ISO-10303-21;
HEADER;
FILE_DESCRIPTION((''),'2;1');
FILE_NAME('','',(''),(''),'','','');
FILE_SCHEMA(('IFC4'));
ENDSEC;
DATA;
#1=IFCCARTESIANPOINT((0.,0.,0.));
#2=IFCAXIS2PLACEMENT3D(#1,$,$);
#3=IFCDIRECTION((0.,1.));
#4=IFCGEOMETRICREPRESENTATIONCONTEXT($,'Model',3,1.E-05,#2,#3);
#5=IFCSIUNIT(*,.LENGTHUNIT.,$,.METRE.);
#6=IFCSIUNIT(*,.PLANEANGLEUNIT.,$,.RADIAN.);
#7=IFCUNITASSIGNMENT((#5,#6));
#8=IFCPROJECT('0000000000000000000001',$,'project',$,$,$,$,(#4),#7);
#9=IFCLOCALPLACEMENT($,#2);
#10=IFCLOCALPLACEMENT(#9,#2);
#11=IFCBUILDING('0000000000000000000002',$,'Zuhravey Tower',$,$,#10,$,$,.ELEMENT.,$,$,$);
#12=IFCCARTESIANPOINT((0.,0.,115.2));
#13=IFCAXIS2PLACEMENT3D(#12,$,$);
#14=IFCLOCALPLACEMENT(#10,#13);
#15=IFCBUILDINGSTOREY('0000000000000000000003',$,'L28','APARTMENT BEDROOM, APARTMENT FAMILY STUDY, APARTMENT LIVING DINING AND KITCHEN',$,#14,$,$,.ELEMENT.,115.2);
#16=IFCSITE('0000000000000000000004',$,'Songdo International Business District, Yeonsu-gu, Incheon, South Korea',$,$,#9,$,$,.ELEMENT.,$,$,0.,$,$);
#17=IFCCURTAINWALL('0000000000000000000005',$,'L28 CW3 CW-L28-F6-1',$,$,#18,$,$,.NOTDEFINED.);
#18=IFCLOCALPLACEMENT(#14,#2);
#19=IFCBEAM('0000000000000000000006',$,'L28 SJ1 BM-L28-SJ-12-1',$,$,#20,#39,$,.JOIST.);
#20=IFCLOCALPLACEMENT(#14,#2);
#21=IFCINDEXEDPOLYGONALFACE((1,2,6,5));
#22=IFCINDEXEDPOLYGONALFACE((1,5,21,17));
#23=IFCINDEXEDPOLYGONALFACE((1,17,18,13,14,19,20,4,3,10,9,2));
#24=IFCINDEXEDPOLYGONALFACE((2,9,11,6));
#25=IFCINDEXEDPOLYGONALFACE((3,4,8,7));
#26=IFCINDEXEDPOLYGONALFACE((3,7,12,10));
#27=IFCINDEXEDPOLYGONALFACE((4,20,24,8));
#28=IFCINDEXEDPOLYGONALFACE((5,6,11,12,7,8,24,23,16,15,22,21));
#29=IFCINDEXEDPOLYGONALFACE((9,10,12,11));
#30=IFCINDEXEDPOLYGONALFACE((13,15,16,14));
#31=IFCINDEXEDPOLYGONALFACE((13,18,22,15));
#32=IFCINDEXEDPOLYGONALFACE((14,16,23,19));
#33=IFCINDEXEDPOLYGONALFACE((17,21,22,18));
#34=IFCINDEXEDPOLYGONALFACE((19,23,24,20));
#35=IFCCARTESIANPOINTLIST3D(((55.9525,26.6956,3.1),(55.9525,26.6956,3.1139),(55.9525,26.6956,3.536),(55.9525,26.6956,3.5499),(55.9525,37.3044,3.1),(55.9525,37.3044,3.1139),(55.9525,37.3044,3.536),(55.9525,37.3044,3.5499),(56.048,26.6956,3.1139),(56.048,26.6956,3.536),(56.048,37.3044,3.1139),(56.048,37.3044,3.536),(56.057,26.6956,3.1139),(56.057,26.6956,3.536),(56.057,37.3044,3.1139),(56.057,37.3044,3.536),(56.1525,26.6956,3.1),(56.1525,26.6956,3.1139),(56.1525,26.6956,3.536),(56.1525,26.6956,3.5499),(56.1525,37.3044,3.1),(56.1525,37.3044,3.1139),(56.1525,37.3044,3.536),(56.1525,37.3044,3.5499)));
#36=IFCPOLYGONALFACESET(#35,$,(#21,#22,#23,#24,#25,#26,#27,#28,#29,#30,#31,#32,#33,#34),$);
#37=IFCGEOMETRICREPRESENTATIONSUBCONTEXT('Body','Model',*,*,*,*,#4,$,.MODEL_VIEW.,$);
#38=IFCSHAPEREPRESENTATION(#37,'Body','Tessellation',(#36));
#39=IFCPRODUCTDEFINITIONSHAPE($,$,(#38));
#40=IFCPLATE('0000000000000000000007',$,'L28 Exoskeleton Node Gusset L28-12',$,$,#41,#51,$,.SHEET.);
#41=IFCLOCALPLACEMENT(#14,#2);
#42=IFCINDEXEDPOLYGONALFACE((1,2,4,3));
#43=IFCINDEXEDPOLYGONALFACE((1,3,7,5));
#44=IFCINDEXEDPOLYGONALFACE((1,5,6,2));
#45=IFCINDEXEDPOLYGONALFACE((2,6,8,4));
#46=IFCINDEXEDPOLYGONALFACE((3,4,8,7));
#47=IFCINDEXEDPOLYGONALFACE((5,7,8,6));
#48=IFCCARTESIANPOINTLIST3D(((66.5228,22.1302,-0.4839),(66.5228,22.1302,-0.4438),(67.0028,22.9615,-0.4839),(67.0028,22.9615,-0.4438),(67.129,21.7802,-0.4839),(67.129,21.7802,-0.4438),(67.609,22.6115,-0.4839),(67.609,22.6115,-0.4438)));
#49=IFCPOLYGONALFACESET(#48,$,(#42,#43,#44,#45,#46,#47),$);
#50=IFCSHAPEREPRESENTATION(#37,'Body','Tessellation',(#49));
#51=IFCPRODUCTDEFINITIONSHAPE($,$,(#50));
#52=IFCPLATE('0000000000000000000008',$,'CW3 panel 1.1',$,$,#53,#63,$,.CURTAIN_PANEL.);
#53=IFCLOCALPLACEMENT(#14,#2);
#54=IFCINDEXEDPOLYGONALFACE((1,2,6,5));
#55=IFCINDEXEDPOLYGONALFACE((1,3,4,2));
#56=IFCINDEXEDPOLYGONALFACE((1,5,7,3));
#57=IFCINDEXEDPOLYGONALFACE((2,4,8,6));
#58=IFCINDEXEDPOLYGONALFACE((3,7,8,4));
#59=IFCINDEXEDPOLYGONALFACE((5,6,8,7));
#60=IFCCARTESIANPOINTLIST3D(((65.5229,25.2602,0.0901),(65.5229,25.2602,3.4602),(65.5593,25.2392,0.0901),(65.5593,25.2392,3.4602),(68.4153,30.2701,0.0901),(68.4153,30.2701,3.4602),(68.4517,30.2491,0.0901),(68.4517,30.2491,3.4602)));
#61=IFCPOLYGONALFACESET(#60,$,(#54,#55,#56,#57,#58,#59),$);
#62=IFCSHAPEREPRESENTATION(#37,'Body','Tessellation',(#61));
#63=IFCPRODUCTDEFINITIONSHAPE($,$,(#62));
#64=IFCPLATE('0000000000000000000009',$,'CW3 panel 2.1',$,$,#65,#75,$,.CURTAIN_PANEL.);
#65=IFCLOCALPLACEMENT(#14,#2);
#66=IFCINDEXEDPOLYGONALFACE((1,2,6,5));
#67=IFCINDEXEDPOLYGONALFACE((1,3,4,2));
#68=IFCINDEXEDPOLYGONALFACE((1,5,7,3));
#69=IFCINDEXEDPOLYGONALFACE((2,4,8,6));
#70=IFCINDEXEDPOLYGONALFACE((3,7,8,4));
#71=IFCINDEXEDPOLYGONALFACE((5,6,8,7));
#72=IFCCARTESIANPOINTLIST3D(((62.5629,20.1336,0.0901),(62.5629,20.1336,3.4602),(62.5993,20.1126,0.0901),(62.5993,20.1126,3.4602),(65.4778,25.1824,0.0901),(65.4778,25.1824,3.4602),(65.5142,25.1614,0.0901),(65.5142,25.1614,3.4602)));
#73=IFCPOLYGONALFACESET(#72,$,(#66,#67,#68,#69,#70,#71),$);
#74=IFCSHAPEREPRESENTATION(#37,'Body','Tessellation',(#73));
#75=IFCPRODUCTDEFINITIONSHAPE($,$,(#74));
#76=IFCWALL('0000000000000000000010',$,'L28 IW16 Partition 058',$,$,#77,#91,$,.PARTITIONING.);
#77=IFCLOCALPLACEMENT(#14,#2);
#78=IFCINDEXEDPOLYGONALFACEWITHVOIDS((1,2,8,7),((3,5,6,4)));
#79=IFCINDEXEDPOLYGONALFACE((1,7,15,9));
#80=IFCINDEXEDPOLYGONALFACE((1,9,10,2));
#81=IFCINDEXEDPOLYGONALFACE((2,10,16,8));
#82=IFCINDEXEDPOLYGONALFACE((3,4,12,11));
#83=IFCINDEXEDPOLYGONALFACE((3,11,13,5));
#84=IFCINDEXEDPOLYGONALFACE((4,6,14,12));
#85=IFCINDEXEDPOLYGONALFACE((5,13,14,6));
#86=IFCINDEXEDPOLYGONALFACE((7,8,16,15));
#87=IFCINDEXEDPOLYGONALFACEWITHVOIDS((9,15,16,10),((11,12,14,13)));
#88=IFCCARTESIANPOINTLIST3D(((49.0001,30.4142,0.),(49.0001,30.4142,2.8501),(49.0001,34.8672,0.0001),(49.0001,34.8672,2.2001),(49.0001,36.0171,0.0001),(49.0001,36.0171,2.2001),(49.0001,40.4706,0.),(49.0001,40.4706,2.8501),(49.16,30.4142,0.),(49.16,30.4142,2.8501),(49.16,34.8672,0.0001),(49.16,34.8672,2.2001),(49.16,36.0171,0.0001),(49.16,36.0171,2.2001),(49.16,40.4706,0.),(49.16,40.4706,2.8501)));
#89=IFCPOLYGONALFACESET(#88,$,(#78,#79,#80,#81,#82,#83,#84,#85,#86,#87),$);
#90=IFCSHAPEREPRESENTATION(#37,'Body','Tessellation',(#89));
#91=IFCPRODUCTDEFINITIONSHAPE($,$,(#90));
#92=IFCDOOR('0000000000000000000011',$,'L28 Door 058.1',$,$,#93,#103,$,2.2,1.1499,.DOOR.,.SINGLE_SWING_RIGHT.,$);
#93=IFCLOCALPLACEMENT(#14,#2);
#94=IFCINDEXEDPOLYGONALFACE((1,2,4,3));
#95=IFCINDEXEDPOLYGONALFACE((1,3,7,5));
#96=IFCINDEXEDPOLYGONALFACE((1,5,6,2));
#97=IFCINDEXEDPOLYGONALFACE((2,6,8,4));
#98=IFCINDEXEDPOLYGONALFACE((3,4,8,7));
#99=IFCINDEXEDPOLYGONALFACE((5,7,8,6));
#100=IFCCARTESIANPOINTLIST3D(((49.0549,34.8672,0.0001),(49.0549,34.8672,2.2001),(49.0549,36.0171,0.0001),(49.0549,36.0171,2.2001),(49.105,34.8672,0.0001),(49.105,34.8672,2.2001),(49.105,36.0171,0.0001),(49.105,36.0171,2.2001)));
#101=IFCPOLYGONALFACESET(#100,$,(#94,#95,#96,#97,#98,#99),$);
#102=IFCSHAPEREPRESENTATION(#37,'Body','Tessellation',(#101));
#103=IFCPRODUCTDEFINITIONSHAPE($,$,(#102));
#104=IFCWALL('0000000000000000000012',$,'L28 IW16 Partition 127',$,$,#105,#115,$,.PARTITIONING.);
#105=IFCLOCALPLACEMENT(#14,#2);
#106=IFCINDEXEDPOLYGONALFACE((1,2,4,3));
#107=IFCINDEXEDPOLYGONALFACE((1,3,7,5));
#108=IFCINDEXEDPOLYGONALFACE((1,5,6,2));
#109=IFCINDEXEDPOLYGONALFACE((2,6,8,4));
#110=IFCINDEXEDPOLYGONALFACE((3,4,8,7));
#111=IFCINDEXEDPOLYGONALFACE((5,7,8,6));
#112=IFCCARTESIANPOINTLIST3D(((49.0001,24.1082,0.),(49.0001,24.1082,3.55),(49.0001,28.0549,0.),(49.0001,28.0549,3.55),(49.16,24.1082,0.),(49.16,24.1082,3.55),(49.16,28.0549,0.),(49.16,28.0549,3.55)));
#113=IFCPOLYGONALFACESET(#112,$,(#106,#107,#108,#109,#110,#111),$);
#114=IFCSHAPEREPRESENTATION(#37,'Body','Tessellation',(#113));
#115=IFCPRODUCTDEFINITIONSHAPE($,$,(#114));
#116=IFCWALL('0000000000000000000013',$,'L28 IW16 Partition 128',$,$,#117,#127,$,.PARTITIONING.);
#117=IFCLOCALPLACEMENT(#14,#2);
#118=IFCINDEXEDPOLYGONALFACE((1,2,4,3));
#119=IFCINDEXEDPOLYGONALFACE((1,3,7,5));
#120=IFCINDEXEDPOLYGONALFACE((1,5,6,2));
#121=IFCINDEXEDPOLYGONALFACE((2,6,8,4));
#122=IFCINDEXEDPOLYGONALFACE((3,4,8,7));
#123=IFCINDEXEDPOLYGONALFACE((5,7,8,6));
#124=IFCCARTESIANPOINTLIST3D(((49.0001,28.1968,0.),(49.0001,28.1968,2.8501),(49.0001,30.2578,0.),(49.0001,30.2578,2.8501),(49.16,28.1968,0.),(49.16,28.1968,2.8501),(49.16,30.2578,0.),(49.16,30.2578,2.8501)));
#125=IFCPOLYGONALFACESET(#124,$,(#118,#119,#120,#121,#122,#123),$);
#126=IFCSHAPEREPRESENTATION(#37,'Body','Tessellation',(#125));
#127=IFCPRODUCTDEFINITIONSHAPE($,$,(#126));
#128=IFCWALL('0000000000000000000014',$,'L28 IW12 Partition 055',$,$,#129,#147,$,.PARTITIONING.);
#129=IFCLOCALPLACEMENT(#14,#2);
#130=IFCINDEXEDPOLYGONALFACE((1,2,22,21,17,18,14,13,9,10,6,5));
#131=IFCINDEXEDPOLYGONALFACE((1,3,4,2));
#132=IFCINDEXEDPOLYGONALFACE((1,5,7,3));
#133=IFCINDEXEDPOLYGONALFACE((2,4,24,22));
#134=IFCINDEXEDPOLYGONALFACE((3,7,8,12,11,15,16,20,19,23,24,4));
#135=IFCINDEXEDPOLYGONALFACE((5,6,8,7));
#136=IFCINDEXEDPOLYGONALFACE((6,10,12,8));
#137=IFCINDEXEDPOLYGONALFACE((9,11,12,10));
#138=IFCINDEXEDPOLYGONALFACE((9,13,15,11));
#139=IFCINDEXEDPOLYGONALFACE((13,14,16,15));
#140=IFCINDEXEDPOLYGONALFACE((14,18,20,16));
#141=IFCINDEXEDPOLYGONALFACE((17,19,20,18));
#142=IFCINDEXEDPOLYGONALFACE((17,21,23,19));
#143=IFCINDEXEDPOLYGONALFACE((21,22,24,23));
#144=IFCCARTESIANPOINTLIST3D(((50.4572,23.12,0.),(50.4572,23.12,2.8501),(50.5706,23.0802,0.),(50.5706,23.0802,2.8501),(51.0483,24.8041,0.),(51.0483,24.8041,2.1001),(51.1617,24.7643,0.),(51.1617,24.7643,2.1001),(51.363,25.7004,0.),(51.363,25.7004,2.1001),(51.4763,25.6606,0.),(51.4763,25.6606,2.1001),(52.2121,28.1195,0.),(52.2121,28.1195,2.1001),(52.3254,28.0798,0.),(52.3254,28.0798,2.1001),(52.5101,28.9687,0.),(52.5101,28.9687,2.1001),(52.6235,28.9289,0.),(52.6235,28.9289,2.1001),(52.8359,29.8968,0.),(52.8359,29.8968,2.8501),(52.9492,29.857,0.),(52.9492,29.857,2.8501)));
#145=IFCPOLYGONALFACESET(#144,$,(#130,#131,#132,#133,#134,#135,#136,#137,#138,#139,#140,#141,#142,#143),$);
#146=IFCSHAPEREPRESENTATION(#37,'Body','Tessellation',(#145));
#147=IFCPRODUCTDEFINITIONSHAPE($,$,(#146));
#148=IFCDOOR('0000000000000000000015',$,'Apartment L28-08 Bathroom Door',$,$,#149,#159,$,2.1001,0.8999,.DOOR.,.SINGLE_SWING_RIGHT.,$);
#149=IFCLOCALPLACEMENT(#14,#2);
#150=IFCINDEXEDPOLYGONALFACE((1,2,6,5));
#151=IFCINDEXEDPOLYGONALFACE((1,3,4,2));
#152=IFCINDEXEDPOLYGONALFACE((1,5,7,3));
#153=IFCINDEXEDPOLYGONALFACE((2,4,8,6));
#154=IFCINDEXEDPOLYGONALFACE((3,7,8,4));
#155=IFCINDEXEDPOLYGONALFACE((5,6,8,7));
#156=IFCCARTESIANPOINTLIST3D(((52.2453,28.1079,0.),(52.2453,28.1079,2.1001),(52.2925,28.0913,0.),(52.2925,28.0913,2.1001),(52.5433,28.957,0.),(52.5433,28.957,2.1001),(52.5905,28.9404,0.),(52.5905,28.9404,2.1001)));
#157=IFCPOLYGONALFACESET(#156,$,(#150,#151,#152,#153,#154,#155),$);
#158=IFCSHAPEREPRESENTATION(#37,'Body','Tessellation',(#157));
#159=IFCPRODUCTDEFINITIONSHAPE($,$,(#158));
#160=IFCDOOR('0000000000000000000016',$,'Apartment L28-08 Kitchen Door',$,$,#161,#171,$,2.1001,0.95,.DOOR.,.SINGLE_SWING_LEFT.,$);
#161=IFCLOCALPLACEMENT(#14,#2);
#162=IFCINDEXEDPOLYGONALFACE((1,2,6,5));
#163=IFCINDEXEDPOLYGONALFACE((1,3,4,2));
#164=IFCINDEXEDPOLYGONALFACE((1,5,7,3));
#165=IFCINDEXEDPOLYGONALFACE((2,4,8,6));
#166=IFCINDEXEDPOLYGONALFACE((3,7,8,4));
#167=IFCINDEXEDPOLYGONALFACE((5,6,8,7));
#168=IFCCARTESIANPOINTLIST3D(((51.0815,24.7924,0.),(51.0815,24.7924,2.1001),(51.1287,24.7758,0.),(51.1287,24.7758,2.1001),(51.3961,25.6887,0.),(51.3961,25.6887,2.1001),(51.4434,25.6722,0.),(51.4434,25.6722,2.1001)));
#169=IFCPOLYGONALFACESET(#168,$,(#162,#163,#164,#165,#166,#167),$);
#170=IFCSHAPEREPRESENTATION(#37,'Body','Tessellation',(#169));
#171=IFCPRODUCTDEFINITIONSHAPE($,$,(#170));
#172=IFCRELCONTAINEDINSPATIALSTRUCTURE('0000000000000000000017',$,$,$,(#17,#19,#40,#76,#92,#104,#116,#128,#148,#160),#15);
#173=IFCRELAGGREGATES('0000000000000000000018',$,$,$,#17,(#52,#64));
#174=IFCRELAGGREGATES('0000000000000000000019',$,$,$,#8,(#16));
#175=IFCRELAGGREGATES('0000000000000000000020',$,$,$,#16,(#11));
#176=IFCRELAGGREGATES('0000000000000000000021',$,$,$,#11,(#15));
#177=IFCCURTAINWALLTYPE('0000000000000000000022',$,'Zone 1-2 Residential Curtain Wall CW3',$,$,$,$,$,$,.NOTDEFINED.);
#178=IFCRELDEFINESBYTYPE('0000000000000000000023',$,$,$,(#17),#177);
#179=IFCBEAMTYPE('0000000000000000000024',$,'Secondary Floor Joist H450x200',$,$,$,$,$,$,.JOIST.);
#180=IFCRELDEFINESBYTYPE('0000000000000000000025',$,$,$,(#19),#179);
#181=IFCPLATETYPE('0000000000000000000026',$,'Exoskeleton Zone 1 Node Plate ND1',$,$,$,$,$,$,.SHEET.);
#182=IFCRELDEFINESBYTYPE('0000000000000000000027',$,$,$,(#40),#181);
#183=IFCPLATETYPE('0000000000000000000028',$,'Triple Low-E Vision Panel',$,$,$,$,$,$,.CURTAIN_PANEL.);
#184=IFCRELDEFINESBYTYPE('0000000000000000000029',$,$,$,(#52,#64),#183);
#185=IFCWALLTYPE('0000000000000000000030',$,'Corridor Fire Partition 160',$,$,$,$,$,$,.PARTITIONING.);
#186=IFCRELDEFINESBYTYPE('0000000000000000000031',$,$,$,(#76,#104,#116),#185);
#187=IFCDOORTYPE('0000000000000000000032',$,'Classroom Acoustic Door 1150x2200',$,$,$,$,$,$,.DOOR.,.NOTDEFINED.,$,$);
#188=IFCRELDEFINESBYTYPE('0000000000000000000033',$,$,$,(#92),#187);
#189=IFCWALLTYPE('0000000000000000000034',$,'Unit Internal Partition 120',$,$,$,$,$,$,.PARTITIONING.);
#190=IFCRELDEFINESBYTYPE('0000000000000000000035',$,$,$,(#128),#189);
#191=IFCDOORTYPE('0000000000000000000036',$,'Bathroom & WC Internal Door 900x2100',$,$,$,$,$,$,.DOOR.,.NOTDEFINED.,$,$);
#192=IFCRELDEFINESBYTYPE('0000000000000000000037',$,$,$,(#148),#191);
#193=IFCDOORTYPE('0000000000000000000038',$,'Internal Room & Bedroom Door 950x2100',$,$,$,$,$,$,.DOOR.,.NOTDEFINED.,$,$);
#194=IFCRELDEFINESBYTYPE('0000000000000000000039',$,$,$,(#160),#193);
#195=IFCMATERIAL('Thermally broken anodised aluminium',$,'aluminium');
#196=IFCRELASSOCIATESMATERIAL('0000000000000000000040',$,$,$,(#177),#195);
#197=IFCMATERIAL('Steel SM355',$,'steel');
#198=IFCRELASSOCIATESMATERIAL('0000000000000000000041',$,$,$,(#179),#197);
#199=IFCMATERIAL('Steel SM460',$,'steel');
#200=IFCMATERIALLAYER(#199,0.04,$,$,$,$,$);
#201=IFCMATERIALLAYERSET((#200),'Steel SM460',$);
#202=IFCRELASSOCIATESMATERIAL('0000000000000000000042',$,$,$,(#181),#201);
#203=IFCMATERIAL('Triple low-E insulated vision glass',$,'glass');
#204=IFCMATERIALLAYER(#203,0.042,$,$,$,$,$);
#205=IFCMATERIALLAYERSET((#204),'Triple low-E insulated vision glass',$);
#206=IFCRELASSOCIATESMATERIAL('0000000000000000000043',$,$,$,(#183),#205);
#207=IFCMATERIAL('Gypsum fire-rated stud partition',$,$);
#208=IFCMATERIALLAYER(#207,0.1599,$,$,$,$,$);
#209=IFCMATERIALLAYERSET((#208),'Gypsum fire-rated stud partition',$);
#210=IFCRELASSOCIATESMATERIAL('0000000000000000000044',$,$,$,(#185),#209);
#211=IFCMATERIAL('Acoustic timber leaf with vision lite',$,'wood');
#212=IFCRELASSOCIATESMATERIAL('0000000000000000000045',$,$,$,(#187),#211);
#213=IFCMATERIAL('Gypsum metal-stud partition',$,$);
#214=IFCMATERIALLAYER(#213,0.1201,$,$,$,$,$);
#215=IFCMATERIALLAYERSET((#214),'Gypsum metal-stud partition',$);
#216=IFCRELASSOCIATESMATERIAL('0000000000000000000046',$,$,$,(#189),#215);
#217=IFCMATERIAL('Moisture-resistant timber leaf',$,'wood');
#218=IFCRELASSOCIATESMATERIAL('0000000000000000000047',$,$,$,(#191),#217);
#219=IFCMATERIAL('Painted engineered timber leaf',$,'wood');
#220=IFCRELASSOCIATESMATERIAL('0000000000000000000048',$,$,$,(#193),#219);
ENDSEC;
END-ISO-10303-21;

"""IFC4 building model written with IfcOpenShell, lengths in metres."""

from ifc_helpers import new_model, si_unit, direction, frame, frame_2d, origin, origin_2d, place, context, subcontext, project, spatial, rectangle, i_section, extrude, material, layer, layer_set, material_profile, profile_set, type_object, element, fill, aggregate, save


model = new_model("IFC4")

# Units and contexts
model_context = context("Model", 3, precision=1e-05, world=origin(), true_north=direction((0.0, 1.0)))
body_context = subcontext(model_context, "Body", "Model", "MODEL_VIEW")
ifc_project = project(units=[si_unit("LENGTHUNIT", "METRE"), si_unit("PLANEANGLEUNIT", "RADIAN")], contexts=[model_context])

# Site, building, storey
site_placement = place(None, origin())
site = spatial("IfcSite", under=ifc_project, at=site_placement, Name="Songdo International Business District, Yeonsu-gu, Incheon, South Korea", CompositionType="ELEMENT", RefElevation=0.0)
building_placement = place(site_placement, origin())
building = spatial("IfcBuilding", under=site, at=building_placement, Name="Zuhravey Tower", CompositionType="ELEMENT")
storey_placement = place(building_placement, frame((0.0, 0.0, 115.2)))
storey = spatial("IfcBuildingStorey", under=building, at=storey_placement, Name="L28", Description="APARTMENT BEDROOM, APARTMENT FAMILY STUDY, APARTMENT LIVING DINING AND KITCHEN", CompositionType="ELEMENT", Elevation=115.2)

# Curtain wall
ifc_material_1 = material(Name="Thermally broken anodised aluminium", Category="aluminium")
curtain_wall_type = type_object("IfcCurtainWallType", Name="Zone 1-2 Residential Curtain Wall CW3", PredefinedType="NOTDEFINED", material=ifc_material_1)
curtain_wall_placement = place(storey_placement, origin())
curtain_wall = element("IfcCurtainWall", 1, at=curtain_wall_placement, inside=storey, type_object=curtain_wall_type, Name="L28 CW3 CW-L28-F6-1", PredefinedType="NOTDEFINED")

# Shared definitions
ifc_material_2 = material(Name="Steel SM460", Category="steel")

# Beam
ifc_material_3 = material(Name="Steel SM355", Category="steel")
ifc_material_profile_1 = material_profile(ifc_material_3, i_section(OverallWidth=0.2, OverallDepth=0.45, WebThickness=0.009, FlangeThickness=0.0139, at=origin_2d()), Name="H-450x200x9x14")
ifc_profile_set_1 = profile_set([ifc_material_profile_1], Name="Steel SM355")
beam_type_1 = type_object("IfcBeamType", Name="Secondary Floor Joist H450x200", PredefinedType="JOIST", material=ifc_profile_set_1)
beam_1_placement = place(storey_placement, frame((56.0525, 26.6956, 3.325), z_axis=(0.0, 1.0, 0.0), x_axis=(-1.0, 0.0, 0.0)))
element("IfcBeam", 2, at=beam_1_placement, inside=storey, type_object=beam_type_1, Name="L28 SJ1 BM-L28-SJ-12-1", PredefinedType="JOIST", context=body_context, shape_type="SweptSolid", body=[
    extrude(i_section(OverallWidth=0.2, OverallDepth=0.45, WebThickness=0.009, FlangeThickness=0.0139, at=origin_2d()), origin(), (0.0, 0.0, 1.0), 10.6089),
])

# Plates
ifc_layer_1 = layer(ifc_material_2, 0.04)
ifc_layer_set_1 = layer_set([ifc_layer_1], Name="Steel SM460")
plate_type_1 = type_object("IfcPlateType", Name="Exoskeleton Zone 1 Node Plate ND1", PredefinedType="SHEET", material=ifc_layer_set_1)
plate_1_placement = place(storey_placement, frame((67.0659, 22.3708, -0.4839), z_axis=(0.0, 0.0, 1.0), x_axis=(0.5, 0.866025, 0.0)))
element("IfcPlate", 3, at=plate_1_placement, inside=storey, type_object=plate_type_1, Name="L28 Exoskeleton Node Gusset L28-12", PredefinedType="SHEET", context=body_context, shape_type="SweptSolid", body=[
    extrude(rectangle(XDim=0.96, YDim=0.7, at=origin_2d()), origin(), (0.0, 0.0, 1.0), 0.04),
])
ifc_material_4 = material(Name="Triple low-E insulated vision glass", Category="glass")
ifc_layer_2 = layer(ifc_material_4, 0.042)
ifc_layer_set_2 = layer_set([ifc_layer_2], Name="Triple low-E insulated vision glass")
plate_type_2 = type_object("IfcPlateType", Name="Triple Low-E Vision Panel", PredefinedType="CURTAIN_PANEL", material=ifc_layer_set_2)
plate_2_placement = place(storey_placement, frame((66.9873, 27.7546, 0.0901), z_axis=(0.0, 0.0, 1.0), x_axis=(-0.5, -0.866026, 0.0)))
plate_2 = element("IfcPlate", 4, at=plate_2_placement, type_object=plate_type_2, Name="CW3 panel 1.1", PredefinedType="CURTAIN_PANEL", context=body_context, shape_type="SweptSolid", body=[
    extrude(rectangle(XDim=5.7849, YDim=0.042, at=origin_2d()), origin(), (0.0, 0.0, 1.0), 3.3701),
])
plate_3_placement = place(storey_placement, frame((64.0386, 22.6475, 0.0901), z_axis=(0.0, 0.0, 1.0), x_axis=(-0.5, -0.866026, 0.0)))
plate_3 = element("IfcPlate", 5, at=plate_3_placement, type_object=plate_type_2, Name="CW3 panel 2.1", PredefinedType="CURTAIN_PANEL", context=body_context, shape_type="SweptSolid", body=[
    extrude(rectangle(XDim=5.8298, YDim=0.042, at=origin_2d()), origin(), (0.0, 0.0, 1.0), 3.3701),
])
aggregate(curtain_wall, [plate_2, plate_3])

# Wall, opening, door
ifc_material_5 = material(Name="Gypsum fire-rated stud partition")
ifc_layer_3 = layer(ifc_material_5, 0.1599)
ifc_layer_set_3 = layer_set([ifc_layer_3], Name="Gypsum fire-rated stud partition")
wall_type_1 = type_object("IfcWallType", Name="Corridor Fire Partition 160", PredefinedType="PARTITIONING", material=ifc_layer_set_3)
wall_1_placement = place(storey_placement, frame((49.0801, 30.4141, 0.0), z_axis=(0.0, 0.0, 1.0), x_axis=(0.0, 1.0, 0.0)))
wall_1 = element("IfcWall", 6, at=wall_1_placement, inside=storey, type_object=wall_type_1, Name="L28 IW16 Partition 058", PredefinedType="PARTITIONING", context=body_context, shape_type="SweptSolid", body=[
    extrude(rectangle(XDim=10.0564, YDim=0.1599, at=frame_2d((5.0283, 0.0))), origin(), (0.0, 0.0, 1.0), 2.8501),
])
opening_1_placement = place(wall_1_placement, frame((4.4531, 0.0, 0.0)))
opening_1 = element("IfcOpeningElement", 7, at=opening_1_placement, cuts=wall_1, PredefinedType="OPENING", context=body_context, shape_type="SweptSolid", body=[
    extrude(rectangle(XDim=1.1499, YDim=2.2, at=frame_2d((0.575, 1.1001))), frame((0.0, 0.092, 0.0), z_axis=(0.0, -1.0, 0.0), x_axis=(1.0, 0.0, 0.0)), (0.0, 0.0, 1.0), 0.1838),
])
ifc_material_6 = material(Name="Acoustic timber leaf with vision lite", Category="wood")
door_type_1 = type_object("IfcDoorType", Name="Classroom Acoustic Door 1150x2200", OperationType="NOTDEFINED", PredefinedType="DOOR", material=ifc_material_6)
door_1_placement = place(opening_1_placement, frame((1.1499, 0.0, 0.0), z_axis=(0.0, 0.0, 1.0), x_axis=(-1.0, 0.0, 0.0)))
door_1 = element("IfcDoor", 8, at=door_1_placement, inside=storey, type_object=door_type_1, Name="L28 Door 058.1", OperationType="SINGLE_SWING_RIGHT", OverallHeight=2.2, OverallWidth=1.1499, PredefinedType="DOOR", context=body_context, shape_type="SweptSolid", body=[
    extrude(rectangle(XDim=1.1499, YDim=2.2, at=frame_2d((0.575, 1.1001))), frame((0.0, 0.0249, 0.0), z_axis=(0.0, -1.0, 0.0), x_axis=(1.0, 0.0, 0.0)), (0.0, 0.0, 1.0), 0.05),
])
fill(opening_1, door_1)

# Walls
wall_2_placement = place(storey_placement, frame((49.0801, 24.1082, 0.0), z_axis=(0.0, 0.0, 1.0), x_axis=(0.0, 1.0, 0.0)))
element("IfcWall", 9, at=wall_2_placement, inside=storey, type_object=wall_type_1, Name="L28 IW16 Partition 127", PredefinedType="PARTITIONING", context=body_context, shape_type="SweptSolid", body=[
    extrude(rectangle(XDim=3.9468, YDim=0.1599, at=frame_2d((1.9734, 0.0))), origin(), (0.0, 0.0, 1.0), 3.55),
])
wall_3_placement = place(storey_placement, frame((49.0801, 28.1968, 0.0), z_axis=(0.0, 0.0, 1.0), x_axis=(0.0, 1.0, 0.0)))
element("IfcWall", 10, at=wall_3_placement, inside=storey, type_object=wall_type_1, Name="L28 IW16 Partition 128", PredefinedType="PARTITIONING", context=body_context, shape_type="SweptSolid", body=[
    extrude(rectangle(XDim=2.061, YDim=0.1599, at=frame_2d((1.0305, 0.0))), origin(), (0.0, 0.0, 1.0), 2.8501),
])

# Wall, openings, doors
ifc_material_7 = material(Name="Gypsum metal-stud partition")
ifc_layer_4 = layer(ifc_material_7, 0.1201)
ifc_layer_set_4 = layer_set([ifc_layer_4], Name="Gypsum metal-stud partition")
wall_type_2 = type_object("IfcWallType", Name="Unit Internal Partition 120", PredefinedType="PARTITIONING", material=ifc_layer_set_4)
wall_4_placement = place(storey_placement, frame((50.5139, 23.1001, 0.0), z_axis=(0.0, 0.0, 1.0), x_axis=(0.331189, 0.943564, 0.0)))
wall_4 = element("IfcWall", 11, at=wall_4_placement, inside=storey, type_object=wall_type_2, Name="L28 IW12 Partition 055", PredefinedType="PARTITIONING", context=body_context, shape_type="SweptSolid", body=[
    extrude(rectangle(XDim=7.1821, YDim=0.1201, at=frame_2d((3.5911, 0.0))), origin(), (0.0, 0.0, 1.0), 2.8501),
])
opening_2_placement = place(wall_4_placement, frame((1.7847, 0.0, 0.0)))
opening_2 = element("IfcOpeningElement", 12, at=opening_2_placement, cuts=wall_4, PredefinedType="OPENING", context=body_context, shape_type="SweptSolid", body=[
    extrude(rectangle(XDim=0.95, YDim=2.1001, at=frame_2d((0.4751, 1.05))), frame((0.0, 0.072, 0.0), z_axis=(0.0, -1.0, 0.0), x_axis=(1.0, 0.0, 0.0)), (0.0, 0.0, 1.0), 0.144),
])
opening_3_placement = place(wall_4_placement, frame((5.2986, 0.0, 0.0)))
opening_3 = element("IfcOpeningElement", 13, at=opening_3_placement, cuts=wall_4, PredefinedType="OPENING", context=body_context, shape_type="SweptSolid", body=[
    extrude(rectangle(XDim=0.8999, YDim=2.1001, at=frame_2d((0.45, 1.05))), frame((0.0, 0.072, 0.0), z_axis=(0.0, -1.0, 0.0), x_axis=(1.0, 0.0, 0.0)), (0.0, 0.0, 1.0), 0.144),
])
ifc_material_8 = material(Name="Moisture-resistant timber leaf", Category="wood")
door_type_2 = type_object("IfcDoorType", Name="Bathroom & WC Internal Door 900x2100", OperationType="NOTDEFINED", PredefinedType="DOOR", material=ifc_material_8)
door_2_placement = place(opening_3_placement, origin())
door_2 = element("IfcDoor", 14, at=door_2_placement, inside=storey, type_object=door_type_2, Name="Apartment L28-08 Bathroom Door", OperationType="SINGLE_SWING_RIGHT", OverallHeight=2.1001, OverallWidth=0.8999, PredefinedType="DOOR", context=body_context, shape_type="SweptSolid", body=[
    extrude(rectangle(XDim=0.8999, YDim=2.1001, at=frame_2d((0.45, 1.05))), frame((0.0, 0.0249, 0.0), z_axis=(0.0, -1.0, 0.0), x_axis=(1.0, 0.0, 0.0)), (0.0, 0.0, 1.0), 0.05),
])
fill(opening_3, door_2)
ifc_material_9 = material(Name="Painted engineered timber leaf", Category="wood")
door_type_3 = type_object("IfcDoorType", Name="Internal Room & Bedroom Door 950x2100", OperationType="NOTDEFINED", PredefinedType="DOOR", material=ifc_material_9)
door_3_placement = place(opening_2_placement, origin())
door_3 = element("IfcDoor", 15, at=door_3_placement, inside=storey, type_object=door_type_3, Name="Apartment L28-08 Kitchen Door", OperationType="SINGLE_SWING_LEFT", OverallHeight=2.1001, OverallWidth=0.95, PredefinedType="DOOR", context=body_context, shape_type="SweptSolid", body=[
    extrude(rectangle(XDim=0.95, YDim=2.1001, at=frame_2d((0.4751, 1.05))), frame((0.0, 0.0249, 0.0), z_axis=(0.0, -1.0, 0.0), x_axis=(1.0, 0.0, 0.0)), (0.0, 0.0, 1.0), 0.05),
])
fill(opening_2, door_3)

save(model, "model.ifc")
